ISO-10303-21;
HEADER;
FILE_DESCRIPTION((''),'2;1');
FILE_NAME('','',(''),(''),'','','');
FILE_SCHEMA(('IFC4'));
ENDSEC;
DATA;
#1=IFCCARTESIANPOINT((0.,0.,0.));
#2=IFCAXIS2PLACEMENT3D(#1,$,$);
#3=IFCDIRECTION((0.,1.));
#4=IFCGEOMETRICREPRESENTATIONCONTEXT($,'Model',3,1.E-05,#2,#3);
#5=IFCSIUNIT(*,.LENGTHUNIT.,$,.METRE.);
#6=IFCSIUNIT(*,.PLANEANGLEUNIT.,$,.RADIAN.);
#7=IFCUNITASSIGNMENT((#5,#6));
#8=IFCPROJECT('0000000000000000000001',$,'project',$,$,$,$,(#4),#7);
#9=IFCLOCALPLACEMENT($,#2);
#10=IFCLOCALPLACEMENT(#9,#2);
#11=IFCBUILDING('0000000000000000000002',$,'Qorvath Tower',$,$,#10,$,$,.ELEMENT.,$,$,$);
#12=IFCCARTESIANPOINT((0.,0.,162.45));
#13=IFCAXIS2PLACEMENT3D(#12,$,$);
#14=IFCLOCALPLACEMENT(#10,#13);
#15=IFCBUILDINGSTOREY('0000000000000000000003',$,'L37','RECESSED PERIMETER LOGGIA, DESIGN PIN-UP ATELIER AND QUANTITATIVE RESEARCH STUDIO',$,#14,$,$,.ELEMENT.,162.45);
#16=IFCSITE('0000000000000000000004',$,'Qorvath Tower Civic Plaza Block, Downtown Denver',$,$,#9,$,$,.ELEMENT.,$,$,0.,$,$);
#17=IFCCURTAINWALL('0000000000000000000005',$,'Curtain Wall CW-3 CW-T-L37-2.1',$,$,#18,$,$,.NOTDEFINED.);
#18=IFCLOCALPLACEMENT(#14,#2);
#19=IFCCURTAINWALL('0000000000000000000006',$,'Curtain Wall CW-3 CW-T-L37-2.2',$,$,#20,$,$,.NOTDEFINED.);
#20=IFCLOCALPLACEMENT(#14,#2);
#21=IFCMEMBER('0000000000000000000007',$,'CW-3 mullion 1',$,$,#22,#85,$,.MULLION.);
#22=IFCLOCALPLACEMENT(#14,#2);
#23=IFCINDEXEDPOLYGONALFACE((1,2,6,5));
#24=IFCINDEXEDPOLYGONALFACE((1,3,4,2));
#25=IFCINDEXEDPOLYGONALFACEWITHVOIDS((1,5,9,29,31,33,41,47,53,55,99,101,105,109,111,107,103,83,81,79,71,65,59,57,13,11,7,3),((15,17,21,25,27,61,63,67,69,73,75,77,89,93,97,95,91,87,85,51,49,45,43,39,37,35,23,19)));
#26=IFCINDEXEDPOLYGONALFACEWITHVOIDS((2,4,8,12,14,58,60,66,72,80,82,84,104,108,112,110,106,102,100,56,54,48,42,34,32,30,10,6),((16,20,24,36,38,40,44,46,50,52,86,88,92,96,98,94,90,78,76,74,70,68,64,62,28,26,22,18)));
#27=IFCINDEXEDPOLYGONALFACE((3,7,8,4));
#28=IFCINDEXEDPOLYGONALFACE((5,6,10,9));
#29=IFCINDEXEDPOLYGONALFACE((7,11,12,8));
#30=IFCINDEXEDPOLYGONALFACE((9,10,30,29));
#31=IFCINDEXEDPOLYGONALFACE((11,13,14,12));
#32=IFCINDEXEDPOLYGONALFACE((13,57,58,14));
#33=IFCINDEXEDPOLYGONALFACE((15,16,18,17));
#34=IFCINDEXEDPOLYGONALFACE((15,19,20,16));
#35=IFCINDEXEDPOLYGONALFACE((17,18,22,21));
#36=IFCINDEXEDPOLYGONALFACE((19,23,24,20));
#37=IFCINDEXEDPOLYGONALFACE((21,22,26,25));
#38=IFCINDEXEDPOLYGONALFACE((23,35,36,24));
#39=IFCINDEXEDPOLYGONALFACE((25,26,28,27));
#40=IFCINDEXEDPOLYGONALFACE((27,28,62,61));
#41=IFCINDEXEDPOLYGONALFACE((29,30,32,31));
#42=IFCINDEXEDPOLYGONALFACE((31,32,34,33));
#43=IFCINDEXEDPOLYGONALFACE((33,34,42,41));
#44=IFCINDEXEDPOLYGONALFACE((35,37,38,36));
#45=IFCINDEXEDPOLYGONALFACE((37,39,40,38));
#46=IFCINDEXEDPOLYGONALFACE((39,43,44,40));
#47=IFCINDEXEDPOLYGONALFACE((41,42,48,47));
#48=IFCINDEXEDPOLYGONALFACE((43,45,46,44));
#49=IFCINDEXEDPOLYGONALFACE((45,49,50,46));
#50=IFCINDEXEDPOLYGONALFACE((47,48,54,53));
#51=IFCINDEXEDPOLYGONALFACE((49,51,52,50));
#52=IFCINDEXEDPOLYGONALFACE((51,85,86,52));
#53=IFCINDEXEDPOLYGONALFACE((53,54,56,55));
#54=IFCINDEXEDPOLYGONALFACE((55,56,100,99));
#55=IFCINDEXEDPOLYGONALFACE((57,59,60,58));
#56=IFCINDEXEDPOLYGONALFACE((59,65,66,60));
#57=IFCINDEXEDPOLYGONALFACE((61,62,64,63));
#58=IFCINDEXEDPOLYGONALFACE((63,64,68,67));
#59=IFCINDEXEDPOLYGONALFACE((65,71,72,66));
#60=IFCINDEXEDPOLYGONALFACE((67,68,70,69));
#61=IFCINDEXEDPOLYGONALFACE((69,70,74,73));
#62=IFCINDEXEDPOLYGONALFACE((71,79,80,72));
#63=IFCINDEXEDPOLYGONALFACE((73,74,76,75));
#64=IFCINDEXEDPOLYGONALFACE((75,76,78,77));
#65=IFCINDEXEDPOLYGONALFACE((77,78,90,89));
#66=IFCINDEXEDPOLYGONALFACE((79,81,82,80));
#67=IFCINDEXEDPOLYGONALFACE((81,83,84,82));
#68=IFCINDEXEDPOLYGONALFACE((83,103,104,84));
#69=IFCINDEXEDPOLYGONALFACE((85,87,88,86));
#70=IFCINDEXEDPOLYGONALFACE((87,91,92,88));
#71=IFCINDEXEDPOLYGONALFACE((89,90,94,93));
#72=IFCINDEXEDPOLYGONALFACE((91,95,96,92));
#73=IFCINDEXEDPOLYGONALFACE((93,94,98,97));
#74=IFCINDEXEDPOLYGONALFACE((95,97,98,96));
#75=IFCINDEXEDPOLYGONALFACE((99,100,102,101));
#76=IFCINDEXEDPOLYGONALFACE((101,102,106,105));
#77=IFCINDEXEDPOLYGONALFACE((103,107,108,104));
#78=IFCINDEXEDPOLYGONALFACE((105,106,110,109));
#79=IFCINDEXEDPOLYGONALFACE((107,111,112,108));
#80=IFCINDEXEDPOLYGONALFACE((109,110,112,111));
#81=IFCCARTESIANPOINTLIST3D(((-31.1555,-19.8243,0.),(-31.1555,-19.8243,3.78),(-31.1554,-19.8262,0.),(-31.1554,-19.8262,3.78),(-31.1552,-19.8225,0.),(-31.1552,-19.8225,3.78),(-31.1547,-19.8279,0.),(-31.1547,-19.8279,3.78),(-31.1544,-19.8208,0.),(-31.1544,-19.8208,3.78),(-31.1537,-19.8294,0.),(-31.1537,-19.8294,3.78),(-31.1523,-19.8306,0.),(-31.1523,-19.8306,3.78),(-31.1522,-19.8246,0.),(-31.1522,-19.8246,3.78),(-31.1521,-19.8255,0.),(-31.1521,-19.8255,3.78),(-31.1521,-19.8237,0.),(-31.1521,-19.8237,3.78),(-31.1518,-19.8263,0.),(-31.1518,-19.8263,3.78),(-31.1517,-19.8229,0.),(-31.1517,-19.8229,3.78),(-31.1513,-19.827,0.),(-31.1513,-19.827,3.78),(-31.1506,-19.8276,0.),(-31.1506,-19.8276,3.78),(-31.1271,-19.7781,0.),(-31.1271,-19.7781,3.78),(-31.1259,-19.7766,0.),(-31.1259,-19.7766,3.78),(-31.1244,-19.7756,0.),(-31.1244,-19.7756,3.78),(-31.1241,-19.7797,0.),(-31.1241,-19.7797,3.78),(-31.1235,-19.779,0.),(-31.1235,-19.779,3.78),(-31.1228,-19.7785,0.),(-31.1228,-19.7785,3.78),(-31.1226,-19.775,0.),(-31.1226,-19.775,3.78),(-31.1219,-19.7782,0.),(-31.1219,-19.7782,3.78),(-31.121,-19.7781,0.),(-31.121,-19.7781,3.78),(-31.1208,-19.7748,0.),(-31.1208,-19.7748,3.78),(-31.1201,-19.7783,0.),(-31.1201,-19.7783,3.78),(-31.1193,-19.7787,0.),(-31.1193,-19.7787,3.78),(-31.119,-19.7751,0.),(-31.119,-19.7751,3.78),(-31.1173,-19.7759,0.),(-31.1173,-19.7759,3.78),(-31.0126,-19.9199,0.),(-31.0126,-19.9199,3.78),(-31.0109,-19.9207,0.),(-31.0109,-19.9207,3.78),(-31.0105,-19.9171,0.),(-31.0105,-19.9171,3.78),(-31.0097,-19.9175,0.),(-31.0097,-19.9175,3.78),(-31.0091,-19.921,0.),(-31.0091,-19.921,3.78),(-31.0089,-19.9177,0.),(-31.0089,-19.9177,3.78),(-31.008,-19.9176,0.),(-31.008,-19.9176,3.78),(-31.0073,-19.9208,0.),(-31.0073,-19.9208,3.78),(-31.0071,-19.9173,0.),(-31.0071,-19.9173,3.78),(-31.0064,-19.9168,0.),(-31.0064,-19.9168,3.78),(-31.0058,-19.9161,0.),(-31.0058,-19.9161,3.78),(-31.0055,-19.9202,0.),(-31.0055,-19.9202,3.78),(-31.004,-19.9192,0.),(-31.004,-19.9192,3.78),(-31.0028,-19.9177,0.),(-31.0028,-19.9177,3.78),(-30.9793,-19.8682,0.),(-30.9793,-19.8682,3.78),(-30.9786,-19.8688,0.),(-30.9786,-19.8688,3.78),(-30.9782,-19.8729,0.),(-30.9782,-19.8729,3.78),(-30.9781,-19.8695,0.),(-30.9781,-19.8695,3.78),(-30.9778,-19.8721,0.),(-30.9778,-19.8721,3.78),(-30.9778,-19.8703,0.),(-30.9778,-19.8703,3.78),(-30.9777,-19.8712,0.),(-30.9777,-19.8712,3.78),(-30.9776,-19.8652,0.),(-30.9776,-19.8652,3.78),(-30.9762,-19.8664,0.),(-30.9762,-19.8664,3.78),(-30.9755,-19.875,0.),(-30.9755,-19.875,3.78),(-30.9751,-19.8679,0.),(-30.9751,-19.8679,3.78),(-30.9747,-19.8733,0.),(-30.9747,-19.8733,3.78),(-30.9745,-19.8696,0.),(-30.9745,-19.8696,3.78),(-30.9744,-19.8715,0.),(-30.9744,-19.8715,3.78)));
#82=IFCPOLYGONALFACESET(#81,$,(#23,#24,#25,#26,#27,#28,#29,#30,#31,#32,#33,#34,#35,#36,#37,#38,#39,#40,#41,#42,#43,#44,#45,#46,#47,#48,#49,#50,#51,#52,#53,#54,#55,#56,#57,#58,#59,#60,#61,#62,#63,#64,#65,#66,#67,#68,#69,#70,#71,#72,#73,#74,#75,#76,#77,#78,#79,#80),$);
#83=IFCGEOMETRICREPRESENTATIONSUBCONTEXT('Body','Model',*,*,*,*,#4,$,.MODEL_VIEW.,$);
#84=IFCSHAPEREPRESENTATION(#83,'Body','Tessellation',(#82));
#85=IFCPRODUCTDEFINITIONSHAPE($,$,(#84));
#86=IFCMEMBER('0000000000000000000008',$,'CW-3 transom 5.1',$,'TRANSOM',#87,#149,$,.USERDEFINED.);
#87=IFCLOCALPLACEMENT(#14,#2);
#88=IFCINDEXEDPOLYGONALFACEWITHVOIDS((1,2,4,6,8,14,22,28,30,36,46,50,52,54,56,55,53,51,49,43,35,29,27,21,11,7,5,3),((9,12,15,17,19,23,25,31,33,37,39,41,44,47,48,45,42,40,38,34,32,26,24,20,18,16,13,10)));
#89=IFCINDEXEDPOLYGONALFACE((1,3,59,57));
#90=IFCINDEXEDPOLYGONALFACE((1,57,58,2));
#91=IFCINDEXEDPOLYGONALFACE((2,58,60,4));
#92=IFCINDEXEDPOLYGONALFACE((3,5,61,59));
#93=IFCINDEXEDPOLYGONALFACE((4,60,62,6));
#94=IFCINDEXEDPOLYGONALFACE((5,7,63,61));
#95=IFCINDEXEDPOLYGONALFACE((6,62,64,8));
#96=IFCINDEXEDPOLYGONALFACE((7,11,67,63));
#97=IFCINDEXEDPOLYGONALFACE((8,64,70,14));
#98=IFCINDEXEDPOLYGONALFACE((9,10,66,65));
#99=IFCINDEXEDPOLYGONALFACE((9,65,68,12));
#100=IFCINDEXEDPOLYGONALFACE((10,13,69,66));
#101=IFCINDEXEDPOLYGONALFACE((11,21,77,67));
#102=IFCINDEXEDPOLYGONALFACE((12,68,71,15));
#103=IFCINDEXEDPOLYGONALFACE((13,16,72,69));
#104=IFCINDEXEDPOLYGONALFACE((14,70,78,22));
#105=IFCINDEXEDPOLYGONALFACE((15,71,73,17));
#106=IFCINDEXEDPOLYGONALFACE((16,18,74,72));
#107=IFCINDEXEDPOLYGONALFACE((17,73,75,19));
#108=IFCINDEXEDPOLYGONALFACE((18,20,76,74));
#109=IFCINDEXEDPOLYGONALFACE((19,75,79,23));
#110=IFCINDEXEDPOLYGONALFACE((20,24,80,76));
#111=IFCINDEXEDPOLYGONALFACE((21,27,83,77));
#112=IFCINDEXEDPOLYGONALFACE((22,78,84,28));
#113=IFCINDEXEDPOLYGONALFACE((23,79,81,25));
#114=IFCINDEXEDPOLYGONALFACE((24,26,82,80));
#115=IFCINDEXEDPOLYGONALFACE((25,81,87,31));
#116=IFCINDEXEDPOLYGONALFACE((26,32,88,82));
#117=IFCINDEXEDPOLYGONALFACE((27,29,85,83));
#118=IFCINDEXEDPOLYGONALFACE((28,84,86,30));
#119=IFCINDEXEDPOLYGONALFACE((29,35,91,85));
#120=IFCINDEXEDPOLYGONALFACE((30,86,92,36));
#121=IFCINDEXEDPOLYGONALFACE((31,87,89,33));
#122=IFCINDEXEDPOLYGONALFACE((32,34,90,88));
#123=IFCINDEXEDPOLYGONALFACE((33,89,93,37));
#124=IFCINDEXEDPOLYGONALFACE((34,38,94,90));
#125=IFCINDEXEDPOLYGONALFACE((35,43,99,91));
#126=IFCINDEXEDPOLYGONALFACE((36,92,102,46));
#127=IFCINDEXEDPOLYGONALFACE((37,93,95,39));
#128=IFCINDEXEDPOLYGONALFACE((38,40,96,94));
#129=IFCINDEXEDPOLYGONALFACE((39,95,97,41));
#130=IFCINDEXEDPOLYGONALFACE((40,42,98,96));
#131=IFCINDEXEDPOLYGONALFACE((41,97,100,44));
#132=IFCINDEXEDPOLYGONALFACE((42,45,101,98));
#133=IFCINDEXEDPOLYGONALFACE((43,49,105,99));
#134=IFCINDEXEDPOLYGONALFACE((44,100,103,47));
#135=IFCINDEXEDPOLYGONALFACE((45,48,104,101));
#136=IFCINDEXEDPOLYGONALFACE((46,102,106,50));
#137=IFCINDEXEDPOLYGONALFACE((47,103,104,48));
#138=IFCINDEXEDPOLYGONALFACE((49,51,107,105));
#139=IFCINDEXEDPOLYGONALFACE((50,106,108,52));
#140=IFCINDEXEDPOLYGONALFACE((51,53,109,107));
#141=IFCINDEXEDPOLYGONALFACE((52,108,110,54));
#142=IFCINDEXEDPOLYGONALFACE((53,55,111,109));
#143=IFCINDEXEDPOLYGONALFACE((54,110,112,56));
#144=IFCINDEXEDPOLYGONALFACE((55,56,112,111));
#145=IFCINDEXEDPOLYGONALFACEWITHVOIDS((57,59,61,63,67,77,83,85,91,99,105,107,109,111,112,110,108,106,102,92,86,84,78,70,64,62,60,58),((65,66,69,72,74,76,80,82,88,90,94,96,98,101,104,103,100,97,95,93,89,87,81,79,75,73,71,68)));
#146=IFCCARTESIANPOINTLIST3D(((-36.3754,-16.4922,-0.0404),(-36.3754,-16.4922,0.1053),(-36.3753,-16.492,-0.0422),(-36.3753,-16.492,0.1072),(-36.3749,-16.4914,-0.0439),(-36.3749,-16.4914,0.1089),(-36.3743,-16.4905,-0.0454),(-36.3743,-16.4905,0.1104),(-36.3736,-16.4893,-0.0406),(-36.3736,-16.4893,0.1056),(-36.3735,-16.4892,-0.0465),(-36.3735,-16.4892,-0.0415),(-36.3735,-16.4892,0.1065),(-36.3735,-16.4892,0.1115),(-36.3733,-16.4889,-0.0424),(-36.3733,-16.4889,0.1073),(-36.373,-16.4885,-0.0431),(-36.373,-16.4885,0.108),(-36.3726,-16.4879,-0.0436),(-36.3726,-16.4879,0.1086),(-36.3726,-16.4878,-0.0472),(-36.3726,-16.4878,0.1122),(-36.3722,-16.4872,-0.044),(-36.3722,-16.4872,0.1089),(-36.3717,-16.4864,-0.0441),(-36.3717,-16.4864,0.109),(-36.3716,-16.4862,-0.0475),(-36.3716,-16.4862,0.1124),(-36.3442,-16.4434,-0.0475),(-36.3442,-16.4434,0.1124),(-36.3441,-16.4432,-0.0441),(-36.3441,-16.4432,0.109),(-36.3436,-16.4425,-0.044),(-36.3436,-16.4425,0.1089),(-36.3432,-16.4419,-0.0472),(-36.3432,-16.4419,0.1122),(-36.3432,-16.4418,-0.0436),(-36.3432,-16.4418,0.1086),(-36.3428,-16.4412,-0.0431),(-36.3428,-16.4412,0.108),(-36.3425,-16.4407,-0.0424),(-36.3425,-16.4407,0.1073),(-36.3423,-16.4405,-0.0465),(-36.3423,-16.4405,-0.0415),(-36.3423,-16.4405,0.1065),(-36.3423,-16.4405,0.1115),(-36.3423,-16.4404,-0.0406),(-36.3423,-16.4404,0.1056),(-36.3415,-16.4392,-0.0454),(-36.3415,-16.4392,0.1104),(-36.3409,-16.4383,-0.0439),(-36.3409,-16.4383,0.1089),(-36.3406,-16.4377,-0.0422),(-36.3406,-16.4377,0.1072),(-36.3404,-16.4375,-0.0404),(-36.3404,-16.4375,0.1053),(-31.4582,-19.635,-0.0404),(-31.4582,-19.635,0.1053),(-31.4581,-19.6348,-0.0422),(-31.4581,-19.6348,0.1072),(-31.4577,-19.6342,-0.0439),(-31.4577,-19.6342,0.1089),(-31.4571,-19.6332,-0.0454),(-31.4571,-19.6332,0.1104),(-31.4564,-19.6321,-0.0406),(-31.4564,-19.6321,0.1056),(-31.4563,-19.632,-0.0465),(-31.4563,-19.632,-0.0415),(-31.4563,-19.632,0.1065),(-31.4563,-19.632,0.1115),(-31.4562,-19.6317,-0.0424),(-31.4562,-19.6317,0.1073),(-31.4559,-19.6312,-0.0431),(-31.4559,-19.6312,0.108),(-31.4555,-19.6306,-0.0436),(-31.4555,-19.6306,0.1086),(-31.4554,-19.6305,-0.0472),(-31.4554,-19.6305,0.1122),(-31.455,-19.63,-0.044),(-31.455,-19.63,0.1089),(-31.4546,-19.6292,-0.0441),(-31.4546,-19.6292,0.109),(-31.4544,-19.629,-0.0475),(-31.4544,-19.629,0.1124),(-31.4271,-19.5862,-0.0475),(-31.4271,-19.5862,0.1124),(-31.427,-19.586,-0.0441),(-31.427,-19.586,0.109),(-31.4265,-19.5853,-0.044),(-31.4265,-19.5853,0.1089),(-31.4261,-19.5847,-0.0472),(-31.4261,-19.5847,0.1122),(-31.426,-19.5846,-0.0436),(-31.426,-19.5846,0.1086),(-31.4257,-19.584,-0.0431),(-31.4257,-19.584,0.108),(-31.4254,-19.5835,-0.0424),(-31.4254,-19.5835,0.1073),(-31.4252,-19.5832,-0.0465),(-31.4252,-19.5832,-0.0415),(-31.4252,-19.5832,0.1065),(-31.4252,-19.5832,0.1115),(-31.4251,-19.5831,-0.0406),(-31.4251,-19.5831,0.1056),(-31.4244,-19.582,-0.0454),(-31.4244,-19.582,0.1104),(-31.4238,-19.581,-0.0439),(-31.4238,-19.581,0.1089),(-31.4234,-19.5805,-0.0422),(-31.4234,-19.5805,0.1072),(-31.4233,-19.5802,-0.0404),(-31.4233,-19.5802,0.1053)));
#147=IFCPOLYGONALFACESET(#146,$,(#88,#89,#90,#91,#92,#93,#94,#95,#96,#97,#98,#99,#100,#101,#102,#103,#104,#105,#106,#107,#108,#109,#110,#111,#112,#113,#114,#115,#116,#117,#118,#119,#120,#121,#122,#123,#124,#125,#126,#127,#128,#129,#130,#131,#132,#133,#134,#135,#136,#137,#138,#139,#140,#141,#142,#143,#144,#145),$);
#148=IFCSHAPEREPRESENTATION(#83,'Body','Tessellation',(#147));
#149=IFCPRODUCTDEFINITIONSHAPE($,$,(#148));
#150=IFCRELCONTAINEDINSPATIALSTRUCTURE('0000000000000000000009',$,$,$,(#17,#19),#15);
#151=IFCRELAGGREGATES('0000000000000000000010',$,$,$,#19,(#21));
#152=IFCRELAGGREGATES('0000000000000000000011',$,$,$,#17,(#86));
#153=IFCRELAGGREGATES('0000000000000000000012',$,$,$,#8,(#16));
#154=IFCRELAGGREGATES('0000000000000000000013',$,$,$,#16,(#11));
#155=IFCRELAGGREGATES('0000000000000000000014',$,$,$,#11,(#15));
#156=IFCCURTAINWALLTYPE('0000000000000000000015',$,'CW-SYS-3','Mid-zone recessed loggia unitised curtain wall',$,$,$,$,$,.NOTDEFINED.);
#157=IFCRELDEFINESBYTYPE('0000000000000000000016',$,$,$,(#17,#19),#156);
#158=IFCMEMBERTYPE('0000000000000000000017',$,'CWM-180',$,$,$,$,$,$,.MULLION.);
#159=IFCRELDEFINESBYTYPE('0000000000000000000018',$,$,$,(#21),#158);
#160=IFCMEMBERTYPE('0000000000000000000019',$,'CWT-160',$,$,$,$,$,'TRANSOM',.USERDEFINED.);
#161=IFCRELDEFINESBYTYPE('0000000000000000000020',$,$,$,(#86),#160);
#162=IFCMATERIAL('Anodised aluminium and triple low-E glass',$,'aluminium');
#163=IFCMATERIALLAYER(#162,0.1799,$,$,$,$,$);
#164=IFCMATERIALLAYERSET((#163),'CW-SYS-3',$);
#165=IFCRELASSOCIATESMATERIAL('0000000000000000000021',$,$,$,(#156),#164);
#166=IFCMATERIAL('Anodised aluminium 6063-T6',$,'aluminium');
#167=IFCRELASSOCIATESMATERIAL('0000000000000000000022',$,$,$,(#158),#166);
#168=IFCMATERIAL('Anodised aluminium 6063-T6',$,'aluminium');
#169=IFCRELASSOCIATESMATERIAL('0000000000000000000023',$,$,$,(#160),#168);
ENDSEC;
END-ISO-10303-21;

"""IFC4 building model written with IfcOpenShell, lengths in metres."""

from ifc_helpers import new_model, si_unit, direction, frame, origin, origin_2d, place, context, subcontext, project, spatial, hollow_rectangle, extrude, material, layer, layer_set, material_profile, profile_set, type_object, element, aggregate, save


model = new_model("IFC4")

# Units and contexts
model_context = context("Model", 3, precision=1e-05, world=origin(), true_north=direction((0.0, 1.0)))
body_context = subcontext(model_context, "Body", "Model", "MODEL_VIEW")
ifc_project = project(units=[si_unit("LENGTHUNIT", "METRE"), si_unit("PLANEANGLEUNIT", "RADIAN")], contexts=[model_context])

# Site, building, storey
site_placement = place(None, origin())
site = spatial("IfcSite", under=ifc_project, at=site_placement, Name="Qorvath Tower Civic Plaza Block, Downtown Denver", CompositionType="ELEMENT", RefElevation=0.0)
building_placement = place(site_placement, origin())
building = spatial("IfcBuilding", under=site, at=building_placement, Name="Qorvath Tower", CompositionType="ELEMENT")
storey_placement = place(building_placement, frame((0.0, 0.0, 162.45)))
storey = spatial("IfcBuildingStorey", under=building, at=storey_placement, Name="L37", Description="RECESSED PERIMETER LOGGIA, DESIGN PIN-UP ATELIER AND QUANTITATIVE RESEARCH STUDIO", CompositionType="ELEMENT", Elevation=162.45)

# Curtain wall
ifc_material_1 = material(Name="Anodised aluminium and triple low-E glass", Category="aluminium")
ifc_layer_1 = layer(ifc_material_1, 0.1799)
ifc_layer_set_1 = layer_set([ifc_layer_1], Name="CW-SYS-3")
curtain_wall_type = type_object("IfcCurtainWallType", Name="CW-SYS-3", Description="Mid-zone recessed loggia unitised curtain wall", PredefinedType="NOTDEFINED", material=ifc_layer_set_1)
curtain_wall_1_placement = place(storey_placement, origin())
curtain_wall_1 = element("IfcCurtainWall", 1, at=curtain_wall_1_placement, inside=storey, type_object=curtain_wall_type, Name="Curtain Wall CW-3 CW-T-L37-2.1", PredefinedType="NOTDEFINED")
ifc_material_2 = material(Name="Anodised aluminium 6063-T6", Category="aluminium")
ifc_material_profile_1 = material_profile(ifc_material_2, hollow_rectangle(XDim=0.0649, YDim=0.1799, WallThickness=0.0034, InnerFilletRadius=0.0034, OuterFilletRadius=0.0071, at=origin_2d()), Name="CWM 180x65")
ifc_profile_set_1 = profile_set([ifc_material_profile_1], Name="Anodised aluminium 6063-T6")
member_type_1 = type_object("IfcMemberType", Name="CWM-180", PredefinedType="MULLION", material=ifc_profile_set_1)

# Curtain wall, member
curtain_wall_2_placement = place(storey_placement, origin())
curtain_wall_2 = element("IfcCurtainWall", 2, at=curtain_wall_2_placement, inside=storey, type_object=curtain_wall_type, Name="Curtain Wall CW-3 CW-T-L37-2.2", PredefinedType="NOTDEFINED")
member_1_placement = place(storey_placement, frame((-31.0649, -19.8479, 0.0), z_axis=(0.0, 0.0, 1.0), x_axis=(0.53854, 0.8426, 0.0)))
member_1 = element("IfcMember", 3, at=member_1_placement, type_object=member_type_1, Name="CW-3 mullion 1", PredefinedType="MULLION", context=body_context, shape_type="SweptSolid", body=[
    extrude(hollow_rectangle(XDim=0.0649, YDim=0.1799, WallThickness=0.0034, InnerFilletRadius=0.0034, OuterFilletRadius=0.0071, at=origin_2d()), origin(), (0.0, 0.0, 1.0), 3.78),
])

# Member
ifc_material_3 = material(Name="Anodised aluminium 6063-T6", Category="aluminium")
ifc_material_profile_2 = material_profile(ifc_material_3, hollow_rectangle(XDim=0.0649, YDim=0.1599, WallThickness=0.0034, InnerFilletRadius=0.0034, OuterFilletRadius=0.0071, at=origin_2d()), Name="CWT 160x65")
ifc_profile_set_2 = profile_set([ifc_material_profile_2], Name="Anodised aluminium 6063-T6")
member_type_2 = type_object("IfcMemberType", Name="CWT-160", ElementType="TRANSOM", PredefinedType="USERDEFINED", material=ifc_profile_set_2)
member_2_placement = place(storey_placement, frame((-36.3579, -16.4648, 0.0325), z_axis=(0.842599, -0.538542, 0.0), x_axis=(0.538542, 0.842599, 0.0)))
member_2 = element("IfcMember", 4, at=member_2_placement, type_object=member_type_2, Name="CW-3 transom 5.1", ObjectType="TRANSOM", PredefinedType="USERDEFINED", context=body_context, shape_type="SweptSolid", body=[
    extrude(hollow_rectangle(XDim=0.0649, YDim=0.1599, WallThickness=0.0034, InnerFilletRadius=0.0034, OuterFilletRadius=0.0071, at=origin_2d()), origin(), (0.0, 0.0, 1.0), 5.8357),
])
aggregate(curtain_wall_2, [member_1])

aggregate(curtain_wall_1, [member_2])

save(model, "model.ifc")
